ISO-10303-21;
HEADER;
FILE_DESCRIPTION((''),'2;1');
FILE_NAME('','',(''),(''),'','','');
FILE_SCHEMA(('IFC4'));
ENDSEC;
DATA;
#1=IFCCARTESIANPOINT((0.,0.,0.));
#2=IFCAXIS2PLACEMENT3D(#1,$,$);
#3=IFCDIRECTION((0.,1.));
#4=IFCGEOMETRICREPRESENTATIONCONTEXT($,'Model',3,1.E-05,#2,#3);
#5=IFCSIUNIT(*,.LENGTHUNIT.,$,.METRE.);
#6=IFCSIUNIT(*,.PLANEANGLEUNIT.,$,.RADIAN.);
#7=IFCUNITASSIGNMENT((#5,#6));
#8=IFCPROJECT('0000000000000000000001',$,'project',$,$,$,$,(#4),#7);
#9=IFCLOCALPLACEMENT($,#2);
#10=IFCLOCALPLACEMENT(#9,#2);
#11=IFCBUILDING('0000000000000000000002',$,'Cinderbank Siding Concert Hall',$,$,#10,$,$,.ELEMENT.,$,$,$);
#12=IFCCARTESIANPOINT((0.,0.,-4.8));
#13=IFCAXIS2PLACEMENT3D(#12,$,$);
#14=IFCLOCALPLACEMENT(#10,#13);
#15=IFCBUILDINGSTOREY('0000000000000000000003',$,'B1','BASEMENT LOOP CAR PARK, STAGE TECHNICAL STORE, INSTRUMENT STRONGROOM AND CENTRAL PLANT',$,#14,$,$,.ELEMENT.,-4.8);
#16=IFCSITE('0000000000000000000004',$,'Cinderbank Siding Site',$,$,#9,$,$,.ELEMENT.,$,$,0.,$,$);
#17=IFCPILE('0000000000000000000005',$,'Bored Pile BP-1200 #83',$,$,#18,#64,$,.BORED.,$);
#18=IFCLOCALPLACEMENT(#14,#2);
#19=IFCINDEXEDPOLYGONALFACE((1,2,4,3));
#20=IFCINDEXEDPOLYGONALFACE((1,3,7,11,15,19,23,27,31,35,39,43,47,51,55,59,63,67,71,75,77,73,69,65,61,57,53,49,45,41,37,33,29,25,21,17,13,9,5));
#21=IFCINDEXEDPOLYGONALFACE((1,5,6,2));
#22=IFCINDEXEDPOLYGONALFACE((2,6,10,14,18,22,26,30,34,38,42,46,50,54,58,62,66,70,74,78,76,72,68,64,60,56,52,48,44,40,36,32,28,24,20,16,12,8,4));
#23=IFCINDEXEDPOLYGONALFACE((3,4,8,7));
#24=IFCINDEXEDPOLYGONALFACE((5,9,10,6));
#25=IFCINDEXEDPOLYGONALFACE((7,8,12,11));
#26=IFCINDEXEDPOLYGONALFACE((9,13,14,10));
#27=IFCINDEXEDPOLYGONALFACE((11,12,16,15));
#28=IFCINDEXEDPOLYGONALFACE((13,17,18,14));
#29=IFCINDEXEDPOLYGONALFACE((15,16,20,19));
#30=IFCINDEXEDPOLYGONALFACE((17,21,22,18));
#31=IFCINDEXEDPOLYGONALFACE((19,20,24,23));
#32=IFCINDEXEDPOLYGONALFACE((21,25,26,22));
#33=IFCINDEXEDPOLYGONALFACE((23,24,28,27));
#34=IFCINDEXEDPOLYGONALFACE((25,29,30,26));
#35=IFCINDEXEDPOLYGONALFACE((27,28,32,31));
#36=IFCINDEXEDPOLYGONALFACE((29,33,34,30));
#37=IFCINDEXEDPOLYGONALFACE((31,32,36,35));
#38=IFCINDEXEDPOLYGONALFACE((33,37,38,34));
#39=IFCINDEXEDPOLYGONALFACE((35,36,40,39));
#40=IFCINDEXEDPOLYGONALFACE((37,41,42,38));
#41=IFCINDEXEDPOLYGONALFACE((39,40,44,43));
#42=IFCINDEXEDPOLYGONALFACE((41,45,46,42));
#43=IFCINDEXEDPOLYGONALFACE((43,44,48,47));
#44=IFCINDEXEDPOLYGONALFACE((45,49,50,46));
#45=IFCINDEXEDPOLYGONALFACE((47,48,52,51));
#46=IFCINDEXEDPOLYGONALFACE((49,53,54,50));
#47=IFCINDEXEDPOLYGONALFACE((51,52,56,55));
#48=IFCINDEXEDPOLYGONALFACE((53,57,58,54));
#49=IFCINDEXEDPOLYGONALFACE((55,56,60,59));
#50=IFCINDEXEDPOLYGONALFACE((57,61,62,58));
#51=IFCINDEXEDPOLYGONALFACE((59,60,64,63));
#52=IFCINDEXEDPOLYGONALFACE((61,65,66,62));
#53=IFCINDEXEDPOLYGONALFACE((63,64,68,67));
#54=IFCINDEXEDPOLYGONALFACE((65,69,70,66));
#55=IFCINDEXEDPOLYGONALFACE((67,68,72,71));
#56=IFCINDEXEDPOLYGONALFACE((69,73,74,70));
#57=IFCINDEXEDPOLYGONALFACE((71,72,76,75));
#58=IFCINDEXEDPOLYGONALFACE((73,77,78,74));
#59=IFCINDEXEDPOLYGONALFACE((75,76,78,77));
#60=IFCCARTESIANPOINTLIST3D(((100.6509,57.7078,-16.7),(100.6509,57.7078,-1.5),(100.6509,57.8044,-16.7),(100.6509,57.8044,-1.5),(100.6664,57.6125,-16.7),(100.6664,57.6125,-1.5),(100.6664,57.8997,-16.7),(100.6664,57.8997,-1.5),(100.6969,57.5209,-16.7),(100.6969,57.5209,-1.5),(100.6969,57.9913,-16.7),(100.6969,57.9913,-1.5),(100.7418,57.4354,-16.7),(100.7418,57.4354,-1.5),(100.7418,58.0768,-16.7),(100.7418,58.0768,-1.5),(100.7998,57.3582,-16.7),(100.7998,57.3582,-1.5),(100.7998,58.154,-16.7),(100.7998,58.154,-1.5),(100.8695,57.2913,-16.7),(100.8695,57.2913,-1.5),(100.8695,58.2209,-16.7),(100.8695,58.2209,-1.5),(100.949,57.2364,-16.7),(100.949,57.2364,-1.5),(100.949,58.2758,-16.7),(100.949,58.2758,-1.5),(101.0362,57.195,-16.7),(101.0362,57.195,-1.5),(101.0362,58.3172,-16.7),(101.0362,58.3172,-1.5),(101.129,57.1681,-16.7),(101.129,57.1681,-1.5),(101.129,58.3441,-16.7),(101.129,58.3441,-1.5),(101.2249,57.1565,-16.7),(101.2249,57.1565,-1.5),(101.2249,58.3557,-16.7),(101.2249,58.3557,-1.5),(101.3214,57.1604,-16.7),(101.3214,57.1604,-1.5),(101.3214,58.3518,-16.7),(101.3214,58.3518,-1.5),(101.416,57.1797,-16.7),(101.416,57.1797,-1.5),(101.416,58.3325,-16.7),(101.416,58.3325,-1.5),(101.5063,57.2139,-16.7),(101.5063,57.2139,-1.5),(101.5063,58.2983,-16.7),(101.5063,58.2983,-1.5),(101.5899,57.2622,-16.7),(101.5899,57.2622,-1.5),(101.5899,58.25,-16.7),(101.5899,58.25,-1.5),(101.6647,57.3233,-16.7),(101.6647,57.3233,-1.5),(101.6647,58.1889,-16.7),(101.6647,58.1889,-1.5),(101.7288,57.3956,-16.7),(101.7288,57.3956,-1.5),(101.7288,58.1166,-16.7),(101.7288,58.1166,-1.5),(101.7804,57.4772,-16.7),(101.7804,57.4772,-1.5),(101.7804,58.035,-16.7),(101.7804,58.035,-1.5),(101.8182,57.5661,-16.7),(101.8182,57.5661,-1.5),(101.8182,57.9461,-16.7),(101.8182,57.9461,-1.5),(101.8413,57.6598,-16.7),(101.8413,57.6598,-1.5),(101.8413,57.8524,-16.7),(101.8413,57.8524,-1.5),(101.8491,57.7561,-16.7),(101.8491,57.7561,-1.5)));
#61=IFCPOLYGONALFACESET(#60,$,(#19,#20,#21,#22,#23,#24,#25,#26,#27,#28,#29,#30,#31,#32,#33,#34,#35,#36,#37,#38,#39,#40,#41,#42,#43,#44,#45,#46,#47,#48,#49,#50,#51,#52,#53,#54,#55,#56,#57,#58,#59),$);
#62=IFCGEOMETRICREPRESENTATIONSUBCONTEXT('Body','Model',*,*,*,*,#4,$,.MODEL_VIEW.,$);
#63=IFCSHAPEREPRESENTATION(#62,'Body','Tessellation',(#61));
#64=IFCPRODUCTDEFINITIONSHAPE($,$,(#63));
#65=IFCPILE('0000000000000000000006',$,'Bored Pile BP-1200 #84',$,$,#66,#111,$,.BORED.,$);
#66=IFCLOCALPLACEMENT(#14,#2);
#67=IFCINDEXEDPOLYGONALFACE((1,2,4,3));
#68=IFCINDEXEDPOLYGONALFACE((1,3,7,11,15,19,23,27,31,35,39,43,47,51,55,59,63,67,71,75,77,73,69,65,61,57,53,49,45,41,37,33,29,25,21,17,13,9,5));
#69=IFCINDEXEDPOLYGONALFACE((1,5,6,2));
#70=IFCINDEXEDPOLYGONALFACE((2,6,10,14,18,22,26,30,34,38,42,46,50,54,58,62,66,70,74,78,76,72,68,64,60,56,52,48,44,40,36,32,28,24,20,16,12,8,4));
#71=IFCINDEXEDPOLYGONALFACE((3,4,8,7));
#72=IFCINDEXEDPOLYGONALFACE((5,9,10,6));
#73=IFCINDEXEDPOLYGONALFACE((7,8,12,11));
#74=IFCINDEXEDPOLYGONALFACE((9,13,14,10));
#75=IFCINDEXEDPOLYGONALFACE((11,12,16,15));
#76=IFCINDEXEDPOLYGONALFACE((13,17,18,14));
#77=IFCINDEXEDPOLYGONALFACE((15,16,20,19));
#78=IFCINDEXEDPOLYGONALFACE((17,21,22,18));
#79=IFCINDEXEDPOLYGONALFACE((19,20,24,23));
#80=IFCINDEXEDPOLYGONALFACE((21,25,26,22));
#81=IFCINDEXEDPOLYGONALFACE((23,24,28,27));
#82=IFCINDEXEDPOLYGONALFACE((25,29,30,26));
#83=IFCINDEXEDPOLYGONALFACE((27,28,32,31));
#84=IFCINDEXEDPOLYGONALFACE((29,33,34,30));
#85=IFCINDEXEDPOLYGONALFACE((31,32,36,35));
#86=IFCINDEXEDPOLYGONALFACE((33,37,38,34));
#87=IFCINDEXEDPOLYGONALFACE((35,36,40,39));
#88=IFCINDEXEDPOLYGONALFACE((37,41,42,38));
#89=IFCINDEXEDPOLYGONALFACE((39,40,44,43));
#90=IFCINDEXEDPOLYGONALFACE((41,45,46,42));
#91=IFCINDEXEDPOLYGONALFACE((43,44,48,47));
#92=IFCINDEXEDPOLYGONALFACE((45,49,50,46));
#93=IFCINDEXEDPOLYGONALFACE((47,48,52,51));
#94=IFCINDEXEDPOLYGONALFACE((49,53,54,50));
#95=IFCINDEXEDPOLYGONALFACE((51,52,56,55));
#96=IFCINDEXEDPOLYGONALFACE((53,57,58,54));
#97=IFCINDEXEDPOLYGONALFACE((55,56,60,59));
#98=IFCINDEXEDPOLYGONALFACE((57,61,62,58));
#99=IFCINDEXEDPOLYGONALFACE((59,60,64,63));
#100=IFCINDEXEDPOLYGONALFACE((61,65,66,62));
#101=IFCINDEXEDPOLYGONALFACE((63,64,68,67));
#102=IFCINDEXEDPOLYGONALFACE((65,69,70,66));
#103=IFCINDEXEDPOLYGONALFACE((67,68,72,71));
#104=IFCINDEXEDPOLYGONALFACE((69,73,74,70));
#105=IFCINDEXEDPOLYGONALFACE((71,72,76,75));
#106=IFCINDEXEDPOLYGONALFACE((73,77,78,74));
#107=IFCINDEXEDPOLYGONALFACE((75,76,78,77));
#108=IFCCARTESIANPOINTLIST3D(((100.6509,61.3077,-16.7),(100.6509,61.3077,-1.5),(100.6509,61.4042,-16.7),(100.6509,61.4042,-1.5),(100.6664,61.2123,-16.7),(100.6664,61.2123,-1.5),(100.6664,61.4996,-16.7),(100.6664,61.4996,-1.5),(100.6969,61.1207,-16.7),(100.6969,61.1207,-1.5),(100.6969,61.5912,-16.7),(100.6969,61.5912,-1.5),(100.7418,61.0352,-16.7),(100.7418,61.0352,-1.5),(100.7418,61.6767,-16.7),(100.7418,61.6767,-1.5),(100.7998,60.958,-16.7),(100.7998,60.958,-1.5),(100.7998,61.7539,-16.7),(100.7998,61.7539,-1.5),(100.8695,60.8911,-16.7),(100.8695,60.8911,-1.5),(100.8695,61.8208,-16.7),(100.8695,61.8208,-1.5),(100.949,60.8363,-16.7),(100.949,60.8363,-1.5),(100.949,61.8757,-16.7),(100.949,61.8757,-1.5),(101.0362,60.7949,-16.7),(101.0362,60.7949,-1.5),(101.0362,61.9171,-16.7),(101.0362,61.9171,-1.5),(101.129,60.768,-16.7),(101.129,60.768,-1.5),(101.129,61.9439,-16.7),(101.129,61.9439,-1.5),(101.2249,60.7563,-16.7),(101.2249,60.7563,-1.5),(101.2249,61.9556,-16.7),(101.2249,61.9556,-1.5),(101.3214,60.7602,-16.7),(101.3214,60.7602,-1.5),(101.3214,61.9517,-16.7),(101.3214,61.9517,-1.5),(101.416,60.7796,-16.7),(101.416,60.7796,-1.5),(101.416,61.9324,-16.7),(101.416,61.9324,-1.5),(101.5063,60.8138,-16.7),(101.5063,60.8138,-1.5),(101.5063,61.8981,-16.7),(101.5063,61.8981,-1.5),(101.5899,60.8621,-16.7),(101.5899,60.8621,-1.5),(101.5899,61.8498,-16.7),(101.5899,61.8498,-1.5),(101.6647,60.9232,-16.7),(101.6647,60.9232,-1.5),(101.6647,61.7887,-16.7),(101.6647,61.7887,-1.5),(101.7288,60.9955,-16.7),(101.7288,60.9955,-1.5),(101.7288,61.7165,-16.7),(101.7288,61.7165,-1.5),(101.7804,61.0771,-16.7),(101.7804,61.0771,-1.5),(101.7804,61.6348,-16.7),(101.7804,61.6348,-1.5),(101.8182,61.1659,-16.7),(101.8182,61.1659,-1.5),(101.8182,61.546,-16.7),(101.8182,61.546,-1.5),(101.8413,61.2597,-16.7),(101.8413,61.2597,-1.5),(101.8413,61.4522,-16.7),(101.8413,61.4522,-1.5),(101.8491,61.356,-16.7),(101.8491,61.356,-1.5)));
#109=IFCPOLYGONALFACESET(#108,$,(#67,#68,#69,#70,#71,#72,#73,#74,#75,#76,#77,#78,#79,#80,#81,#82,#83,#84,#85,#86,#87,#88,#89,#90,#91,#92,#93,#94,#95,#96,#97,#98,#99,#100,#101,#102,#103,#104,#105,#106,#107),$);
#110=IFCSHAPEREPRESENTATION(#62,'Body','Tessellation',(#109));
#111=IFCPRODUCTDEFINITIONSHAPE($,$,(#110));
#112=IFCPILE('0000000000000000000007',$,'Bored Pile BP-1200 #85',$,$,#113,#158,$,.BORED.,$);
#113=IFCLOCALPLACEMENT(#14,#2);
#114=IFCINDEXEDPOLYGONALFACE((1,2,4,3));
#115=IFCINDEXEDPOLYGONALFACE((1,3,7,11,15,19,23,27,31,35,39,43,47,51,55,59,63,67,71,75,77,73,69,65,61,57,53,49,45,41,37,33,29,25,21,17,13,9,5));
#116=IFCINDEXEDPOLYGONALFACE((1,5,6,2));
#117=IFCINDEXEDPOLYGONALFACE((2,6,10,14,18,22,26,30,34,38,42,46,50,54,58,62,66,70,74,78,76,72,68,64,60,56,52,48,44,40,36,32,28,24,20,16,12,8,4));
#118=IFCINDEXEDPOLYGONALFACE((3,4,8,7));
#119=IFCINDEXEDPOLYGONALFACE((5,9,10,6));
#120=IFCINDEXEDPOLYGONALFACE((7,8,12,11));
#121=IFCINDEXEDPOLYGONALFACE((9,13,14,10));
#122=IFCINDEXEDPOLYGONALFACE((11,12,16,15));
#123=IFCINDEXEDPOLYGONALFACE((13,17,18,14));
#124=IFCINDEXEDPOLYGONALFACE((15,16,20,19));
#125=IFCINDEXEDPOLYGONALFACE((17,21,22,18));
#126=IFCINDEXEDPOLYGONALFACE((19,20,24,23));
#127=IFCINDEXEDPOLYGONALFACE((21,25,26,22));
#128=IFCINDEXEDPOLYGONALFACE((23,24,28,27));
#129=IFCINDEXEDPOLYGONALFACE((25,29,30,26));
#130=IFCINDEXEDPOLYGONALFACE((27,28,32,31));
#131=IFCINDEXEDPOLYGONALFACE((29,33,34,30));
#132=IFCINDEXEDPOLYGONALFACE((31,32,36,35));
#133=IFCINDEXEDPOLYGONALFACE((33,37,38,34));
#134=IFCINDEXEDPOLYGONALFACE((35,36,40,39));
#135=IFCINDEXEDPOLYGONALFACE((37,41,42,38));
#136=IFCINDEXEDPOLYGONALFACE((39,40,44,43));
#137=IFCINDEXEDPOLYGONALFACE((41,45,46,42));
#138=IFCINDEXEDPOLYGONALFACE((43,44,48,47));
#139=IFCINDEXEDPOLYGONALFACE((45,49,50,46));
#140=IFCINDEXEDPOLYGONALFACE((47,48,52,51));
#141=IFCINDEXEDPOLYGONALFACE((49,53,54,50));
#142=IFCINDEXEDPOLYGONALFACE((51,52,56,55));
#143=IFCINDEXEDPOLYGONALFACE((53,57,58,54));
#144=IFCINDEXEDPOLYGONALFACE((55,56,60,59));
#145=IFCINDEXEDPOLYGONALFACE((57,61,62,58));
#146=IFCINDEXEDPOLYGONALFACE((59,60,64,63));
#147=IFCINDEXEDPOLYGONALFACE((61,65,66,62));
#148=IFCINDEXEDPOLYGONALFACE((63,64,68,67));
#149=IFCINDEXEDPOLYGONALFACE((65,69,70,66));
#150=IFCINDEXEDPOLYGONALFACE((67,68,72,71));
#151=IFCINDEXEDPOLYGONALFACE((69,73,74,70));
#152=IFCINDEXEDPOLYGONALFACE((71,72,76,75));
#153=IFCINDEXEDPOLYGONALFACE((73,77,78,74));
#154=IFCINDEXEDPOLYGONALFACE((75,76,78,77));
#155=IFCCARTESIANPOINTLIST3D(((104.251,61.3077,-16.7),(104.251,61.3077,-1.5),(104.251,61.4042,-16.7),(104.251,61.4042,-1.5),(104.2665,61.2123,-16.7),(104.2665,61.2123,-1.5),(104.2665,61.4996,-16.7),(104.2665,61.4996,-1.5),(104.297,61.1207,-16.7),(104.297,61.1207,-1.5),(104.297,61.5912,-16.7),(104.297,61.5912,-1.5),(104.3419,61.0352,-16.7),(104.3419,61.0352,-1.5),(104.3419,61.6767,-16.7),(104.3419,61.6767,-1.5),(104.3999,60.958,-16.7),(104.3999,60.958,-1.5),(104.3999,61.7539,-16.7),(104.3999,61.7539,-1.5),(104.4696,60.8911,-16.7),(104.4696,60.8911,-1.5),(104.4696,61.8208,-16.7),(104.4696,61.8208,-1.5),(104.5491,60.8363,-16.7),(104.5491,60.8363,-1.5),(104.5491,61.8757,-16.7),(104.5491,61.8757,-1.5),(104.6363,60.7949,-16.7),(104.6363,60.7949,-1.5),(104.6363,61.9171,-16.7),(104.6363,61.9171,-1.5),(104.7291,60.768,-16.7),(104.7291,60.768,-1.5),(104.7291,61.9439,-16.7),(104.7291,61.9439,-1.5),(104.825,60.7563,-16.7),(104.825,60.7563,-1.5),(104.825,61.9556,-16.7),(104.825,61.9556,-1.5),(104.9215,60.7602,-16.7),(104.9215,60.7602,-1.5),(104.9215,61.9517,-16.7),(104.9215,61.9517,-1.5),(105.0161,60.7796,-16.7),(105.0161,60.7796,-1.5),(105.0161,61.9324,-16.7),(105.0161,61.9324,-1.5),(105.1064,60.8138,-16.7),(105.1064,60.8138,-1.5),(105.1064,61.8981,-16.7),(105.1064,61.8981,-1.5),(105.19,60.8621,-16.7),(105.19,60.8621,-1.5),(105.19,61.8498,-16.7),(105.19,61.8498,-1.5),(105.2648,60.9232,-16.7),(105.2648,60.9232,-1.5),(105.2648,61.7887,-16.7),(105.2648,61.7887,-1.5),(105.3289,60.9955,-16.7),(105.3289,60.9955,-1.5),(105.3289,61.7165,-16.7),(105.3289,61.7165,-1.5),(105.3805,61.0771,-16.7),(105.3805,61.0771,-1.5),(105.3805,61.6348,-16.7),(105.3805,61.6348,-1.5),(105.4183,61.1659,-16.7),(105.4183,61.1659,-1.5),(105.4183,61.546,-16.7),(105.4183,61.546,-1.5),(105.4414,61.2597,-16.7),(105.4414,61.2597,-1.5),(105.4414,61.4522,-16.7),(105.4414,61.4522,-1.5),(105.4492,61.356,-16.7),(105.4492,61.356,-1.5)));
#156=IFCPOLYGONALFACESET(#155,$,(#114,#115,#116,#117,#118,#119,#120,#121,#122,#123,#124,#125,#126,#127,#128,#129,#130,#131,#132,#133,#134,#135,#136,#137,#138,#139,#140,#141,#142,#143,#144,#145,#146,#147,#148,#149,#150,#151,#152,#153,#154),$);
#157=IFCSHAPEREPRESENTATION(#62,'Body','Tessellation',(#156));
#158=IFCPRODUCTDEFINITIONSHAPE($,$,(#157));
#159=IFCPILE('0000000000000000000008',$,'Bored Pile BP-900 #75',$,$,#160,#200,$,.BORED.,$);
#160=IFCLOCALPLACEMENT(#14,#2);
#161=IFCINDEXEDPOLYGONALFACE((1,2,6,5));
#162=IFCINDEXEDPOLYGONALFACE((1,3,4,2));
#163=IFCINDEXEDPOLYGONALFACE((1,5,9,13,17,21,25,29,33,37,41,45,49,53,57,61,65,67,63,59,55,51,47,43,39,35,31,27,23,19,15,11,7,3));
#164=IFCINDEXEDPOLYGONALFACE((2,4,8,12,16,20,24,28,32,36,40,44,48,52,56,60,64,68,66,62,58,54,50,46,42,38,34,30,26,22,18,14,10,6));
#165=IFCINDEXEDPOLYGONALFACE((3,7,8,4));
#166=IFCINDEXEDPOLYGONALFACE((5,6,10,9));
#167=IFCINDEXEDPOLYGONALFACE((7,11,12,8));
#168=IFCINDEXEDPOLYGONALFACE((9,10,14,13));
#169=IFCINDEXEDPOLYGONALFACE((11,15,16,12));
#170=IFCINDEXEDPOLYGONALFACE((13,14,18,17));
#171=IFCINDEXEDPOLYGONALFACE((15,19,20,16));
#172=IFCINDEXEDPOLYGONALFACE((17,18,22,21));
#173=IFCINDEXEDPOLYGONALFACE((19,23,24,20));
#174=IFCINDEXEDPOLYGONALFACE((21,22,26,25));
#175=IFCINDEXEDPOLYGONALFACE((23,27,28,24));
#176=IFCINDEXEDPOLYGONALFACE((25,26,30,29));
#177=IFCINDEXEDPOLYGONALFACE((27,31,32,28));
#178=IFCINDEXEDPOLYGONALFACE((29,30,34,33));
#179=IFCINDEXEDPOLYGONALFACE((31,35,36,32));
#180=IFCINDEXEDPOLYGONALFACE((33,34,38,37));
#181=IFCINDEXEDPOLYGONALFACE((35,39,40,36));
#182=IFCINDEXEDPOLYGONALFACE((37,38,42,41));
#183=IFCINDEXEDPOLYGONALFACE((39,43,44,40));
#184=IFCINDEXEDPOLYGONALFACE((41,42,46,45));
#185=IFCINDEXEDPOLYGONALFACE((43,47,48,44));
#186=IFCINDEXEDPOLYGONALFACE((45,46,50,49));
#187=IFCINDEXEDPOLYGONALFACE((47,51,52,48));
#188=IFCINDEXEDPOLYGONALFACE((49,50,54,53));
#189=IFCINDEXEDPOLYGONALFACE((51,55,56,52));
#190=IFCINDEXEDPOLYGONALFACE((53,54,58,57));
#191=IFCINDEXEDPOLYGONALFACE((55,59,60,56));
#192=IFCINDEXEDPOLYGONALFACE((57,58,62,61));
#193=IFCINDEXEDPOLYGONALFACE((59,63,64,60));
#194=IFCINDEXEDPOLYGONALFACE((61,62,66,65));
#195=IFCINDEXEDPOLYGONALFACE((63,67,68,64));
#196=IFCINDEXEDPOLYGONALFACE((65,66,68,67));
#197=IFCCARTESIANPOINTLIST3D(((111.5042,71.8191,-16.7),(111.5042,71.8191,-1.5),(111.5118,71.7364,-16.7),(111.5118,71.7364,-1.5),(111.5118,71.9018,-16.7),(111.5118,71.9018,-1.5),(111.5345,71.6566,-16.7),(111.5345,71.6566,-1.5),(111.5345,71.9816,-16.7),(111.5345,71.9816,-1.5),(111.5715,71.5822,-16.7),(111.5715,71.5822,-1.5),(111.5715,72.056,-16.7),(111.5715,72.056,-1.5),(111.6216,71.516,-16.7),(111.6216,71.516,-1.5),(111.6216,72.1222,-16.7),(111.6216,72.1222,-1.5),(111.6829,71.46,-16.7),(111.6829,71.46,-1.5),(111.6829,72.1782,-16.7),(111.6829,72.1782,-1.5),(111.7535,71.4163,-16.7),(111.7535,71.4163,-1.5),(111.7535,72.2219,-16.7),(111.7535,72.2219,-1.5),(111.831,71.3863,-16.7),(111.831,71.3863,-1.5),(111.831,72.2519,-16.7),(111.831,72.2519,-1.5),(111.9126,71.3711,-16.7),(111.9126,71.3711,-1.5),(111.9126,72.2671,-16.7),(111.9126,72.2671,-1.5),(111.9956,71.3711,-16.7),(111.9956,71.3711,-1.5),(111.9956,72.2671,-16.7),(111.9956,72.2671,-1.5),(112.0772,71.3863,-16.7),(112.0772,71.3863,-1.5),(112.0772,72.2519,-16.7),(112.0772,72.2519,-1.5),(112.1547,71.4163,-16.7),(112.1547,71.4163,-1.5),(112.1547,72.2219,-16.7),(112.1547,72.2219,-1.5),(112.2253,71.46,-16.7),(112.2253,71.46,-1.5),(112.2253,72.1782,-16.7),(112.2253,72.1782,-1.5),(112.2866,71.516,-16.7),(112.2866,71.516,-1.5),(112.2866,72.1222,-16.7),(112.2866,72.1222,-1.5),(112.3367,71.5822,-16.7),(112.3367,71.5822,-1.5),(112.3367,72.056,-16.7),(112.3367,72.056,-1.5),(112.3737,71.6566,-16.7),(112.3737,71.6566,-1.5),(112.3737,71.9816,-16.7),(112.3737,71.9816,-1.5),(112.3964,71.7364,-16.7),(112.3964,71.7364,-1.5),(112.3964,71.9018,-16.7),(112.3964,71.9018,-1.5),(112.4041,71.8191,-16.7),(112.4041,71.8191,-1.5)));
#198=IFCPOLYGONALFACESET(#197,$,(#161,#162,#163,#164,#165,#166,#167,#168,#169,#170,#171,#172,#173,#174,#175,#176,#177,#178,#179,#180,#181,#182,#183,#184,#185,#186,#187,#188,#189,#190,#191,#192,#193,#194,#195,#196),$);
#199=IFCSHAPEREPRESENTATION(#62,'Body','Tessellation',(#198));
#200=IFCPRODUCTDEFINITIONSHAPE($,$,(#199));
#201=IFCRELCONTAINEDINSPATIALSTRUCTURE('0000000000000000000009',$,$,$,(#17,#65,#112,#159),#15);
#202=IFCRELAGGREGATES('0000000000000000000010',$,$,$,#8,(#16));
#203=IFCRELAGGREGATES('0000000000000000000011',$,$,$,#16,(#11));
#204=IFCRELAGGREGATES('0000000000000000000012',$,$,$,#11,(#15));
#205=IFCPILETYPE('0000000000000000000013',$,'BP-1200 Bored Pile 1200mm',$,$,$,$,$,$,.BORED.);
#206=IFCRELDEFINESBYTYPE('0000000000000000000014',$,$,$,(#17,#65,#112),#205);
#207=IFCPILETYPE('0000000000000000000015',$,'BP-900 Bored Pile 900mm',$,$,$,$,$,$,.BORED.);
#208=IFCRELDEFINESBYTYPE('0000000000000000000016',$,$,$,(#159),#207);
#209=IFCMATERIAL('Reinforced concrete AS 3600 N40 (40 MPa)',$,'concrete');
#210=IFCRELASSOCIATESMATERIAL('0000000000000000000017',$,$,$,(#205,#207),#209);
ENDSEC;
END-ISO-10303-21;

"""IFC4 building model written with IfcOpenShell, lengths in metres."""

from ifc_helpers import new_model, si_unit, direction, frame, origin, origin_2d, place, context, subcontext, project, spatial, circle, extrude, material, material_profile, profile_set, type_object, element, save


model = new_model("IFC4")

# Units and contexts
model_context = context("Model", 3, precision=1e-05, world=origin(), true_north=direction((0.0, 1.0)))
body_context = subcontext(model_context, "Body", "Model", "MODEL_VIEW")
ifc_project = project(units=[si_unit("LENGTHUNIT", "METRE"), si_unit("PLANEANGLEUNIT", "RADIAN")], contexts=[model_context])

# Site, building, storey
site_placement = place(None, origin())
site = spatial("IfcSite", under=ifc_project, at=site_placement, Name="Cinderbank Siding Site", CompositionType="ELEMENT", RefElevation=0.0)
building_placement = place(site_placement, origin())
building = spatial("IfcBuilding", under=site, at=building_placement, Name="Cinderbank Siding Concert Hall", CompositionType="ELEMENT")
storey_placement = place(building_placement, frame((0.0, 0.0, -4.8)))
storey = spatial("IfcBuildingStorey", under=building, at=storey_placement, Name="B1", Description="BASEMENT LOOP CAR PARK, STAGE TECHNICAL STORE, INSTRUMENT STRONGROOM AND CENTRAL PLANT", CompositionType="ELEMENT", Elevation=-4.8)

# Piles
ifc_material_1 = material(Name="Reinforced concrete AS 3600 N40 (40 MPa)", Category="concrete")
ifc_material_profile_1 = material_profile(ifc_material_1, circle(Radius=0.6001, at=origin_2d()), Name="PILE-1200DIA", Category="LoadBearing")
ifc_profile_set_1 = profile_set([ifc_material_profile_1], Name="Reinforced concrete AS 3600 N40 (40 MPa)")
pile_type_1 = type_object("IfcPileType", Name="BP-1200 Bored Pile 1200mm", PredefinedType="BORED", material=ifc_profile_set_1)
for number, where, z_axis, x_axis, name in (
    (1, (101.249, 57.7561, -1.5), (0.0, 0.0, -1.0), (1.0, 0.0, 0.0), "Bored Pile BP-1200 #83"),
    (2, (101.249, 61.356, -1.5), (0.0, 0.0, -1.0), (1.0, 0.0, 0.0), "Bored Pile BP-1200 #84"),
    (3, (104.8491, 61.356, -1.5), (0.0, 0.0, -1.0), (1.0, 0.0, 0.0), "Bored Pile BP-1200 #85"),
):
    element("IfcPile", number, at=place(storey_placement, frame(where, z_axis=z_axis, x_axis=x_axis)), inside=storey, type_object=pile_type_1, Name=name, PredefinedType="BORED", context=body_context, shape_type="SweptSolid", body=[
        extrude(circle(Radius=0.6001, at=origin_2d()), origin(), (0.0, 0.0, 1.0), 15.2),
    ])
ifc_material_profile_2 = material_profile(ifc_material_1, circle(Radius=0.45, at=origin_2d()), Name="PILE-900DIA", Category="LoadBearing")
ifc_profile_set_2 = profile_set([ifc_material_profile_2], Name="Reinforced concrete AS 3600 N40 (40 MPa)")
pile_type_2 = type_object("IfcPileType", Name="BP-900 Bored Pile 900mm", PredefinedType="BORED", material=ifc_profile_set_2)
for number, where, z_axis, x_axis, name in (
    (4, (111.9541, 71.8191, -1.5), (0.0, 0.0, -1.0), (1.0, 0.0, 0.0), "Bored Pile BP-900 #75"),
):
    element("IfcPile", number, at=place(storey_placement, frame(where, z_axis=z_axis, x_axis=x_axis)), inside=storey, type_object=pile_type_2, Name=name, PredefinedType="BORED", context=body_context, shape_type="SweptSolid", body=[
        extrude(circle(Radius=0.45, at=origin_2d()), origin(), (0.0, 0.0, 1.0), 15.2),
    ])

save(model, "model.ifc")
